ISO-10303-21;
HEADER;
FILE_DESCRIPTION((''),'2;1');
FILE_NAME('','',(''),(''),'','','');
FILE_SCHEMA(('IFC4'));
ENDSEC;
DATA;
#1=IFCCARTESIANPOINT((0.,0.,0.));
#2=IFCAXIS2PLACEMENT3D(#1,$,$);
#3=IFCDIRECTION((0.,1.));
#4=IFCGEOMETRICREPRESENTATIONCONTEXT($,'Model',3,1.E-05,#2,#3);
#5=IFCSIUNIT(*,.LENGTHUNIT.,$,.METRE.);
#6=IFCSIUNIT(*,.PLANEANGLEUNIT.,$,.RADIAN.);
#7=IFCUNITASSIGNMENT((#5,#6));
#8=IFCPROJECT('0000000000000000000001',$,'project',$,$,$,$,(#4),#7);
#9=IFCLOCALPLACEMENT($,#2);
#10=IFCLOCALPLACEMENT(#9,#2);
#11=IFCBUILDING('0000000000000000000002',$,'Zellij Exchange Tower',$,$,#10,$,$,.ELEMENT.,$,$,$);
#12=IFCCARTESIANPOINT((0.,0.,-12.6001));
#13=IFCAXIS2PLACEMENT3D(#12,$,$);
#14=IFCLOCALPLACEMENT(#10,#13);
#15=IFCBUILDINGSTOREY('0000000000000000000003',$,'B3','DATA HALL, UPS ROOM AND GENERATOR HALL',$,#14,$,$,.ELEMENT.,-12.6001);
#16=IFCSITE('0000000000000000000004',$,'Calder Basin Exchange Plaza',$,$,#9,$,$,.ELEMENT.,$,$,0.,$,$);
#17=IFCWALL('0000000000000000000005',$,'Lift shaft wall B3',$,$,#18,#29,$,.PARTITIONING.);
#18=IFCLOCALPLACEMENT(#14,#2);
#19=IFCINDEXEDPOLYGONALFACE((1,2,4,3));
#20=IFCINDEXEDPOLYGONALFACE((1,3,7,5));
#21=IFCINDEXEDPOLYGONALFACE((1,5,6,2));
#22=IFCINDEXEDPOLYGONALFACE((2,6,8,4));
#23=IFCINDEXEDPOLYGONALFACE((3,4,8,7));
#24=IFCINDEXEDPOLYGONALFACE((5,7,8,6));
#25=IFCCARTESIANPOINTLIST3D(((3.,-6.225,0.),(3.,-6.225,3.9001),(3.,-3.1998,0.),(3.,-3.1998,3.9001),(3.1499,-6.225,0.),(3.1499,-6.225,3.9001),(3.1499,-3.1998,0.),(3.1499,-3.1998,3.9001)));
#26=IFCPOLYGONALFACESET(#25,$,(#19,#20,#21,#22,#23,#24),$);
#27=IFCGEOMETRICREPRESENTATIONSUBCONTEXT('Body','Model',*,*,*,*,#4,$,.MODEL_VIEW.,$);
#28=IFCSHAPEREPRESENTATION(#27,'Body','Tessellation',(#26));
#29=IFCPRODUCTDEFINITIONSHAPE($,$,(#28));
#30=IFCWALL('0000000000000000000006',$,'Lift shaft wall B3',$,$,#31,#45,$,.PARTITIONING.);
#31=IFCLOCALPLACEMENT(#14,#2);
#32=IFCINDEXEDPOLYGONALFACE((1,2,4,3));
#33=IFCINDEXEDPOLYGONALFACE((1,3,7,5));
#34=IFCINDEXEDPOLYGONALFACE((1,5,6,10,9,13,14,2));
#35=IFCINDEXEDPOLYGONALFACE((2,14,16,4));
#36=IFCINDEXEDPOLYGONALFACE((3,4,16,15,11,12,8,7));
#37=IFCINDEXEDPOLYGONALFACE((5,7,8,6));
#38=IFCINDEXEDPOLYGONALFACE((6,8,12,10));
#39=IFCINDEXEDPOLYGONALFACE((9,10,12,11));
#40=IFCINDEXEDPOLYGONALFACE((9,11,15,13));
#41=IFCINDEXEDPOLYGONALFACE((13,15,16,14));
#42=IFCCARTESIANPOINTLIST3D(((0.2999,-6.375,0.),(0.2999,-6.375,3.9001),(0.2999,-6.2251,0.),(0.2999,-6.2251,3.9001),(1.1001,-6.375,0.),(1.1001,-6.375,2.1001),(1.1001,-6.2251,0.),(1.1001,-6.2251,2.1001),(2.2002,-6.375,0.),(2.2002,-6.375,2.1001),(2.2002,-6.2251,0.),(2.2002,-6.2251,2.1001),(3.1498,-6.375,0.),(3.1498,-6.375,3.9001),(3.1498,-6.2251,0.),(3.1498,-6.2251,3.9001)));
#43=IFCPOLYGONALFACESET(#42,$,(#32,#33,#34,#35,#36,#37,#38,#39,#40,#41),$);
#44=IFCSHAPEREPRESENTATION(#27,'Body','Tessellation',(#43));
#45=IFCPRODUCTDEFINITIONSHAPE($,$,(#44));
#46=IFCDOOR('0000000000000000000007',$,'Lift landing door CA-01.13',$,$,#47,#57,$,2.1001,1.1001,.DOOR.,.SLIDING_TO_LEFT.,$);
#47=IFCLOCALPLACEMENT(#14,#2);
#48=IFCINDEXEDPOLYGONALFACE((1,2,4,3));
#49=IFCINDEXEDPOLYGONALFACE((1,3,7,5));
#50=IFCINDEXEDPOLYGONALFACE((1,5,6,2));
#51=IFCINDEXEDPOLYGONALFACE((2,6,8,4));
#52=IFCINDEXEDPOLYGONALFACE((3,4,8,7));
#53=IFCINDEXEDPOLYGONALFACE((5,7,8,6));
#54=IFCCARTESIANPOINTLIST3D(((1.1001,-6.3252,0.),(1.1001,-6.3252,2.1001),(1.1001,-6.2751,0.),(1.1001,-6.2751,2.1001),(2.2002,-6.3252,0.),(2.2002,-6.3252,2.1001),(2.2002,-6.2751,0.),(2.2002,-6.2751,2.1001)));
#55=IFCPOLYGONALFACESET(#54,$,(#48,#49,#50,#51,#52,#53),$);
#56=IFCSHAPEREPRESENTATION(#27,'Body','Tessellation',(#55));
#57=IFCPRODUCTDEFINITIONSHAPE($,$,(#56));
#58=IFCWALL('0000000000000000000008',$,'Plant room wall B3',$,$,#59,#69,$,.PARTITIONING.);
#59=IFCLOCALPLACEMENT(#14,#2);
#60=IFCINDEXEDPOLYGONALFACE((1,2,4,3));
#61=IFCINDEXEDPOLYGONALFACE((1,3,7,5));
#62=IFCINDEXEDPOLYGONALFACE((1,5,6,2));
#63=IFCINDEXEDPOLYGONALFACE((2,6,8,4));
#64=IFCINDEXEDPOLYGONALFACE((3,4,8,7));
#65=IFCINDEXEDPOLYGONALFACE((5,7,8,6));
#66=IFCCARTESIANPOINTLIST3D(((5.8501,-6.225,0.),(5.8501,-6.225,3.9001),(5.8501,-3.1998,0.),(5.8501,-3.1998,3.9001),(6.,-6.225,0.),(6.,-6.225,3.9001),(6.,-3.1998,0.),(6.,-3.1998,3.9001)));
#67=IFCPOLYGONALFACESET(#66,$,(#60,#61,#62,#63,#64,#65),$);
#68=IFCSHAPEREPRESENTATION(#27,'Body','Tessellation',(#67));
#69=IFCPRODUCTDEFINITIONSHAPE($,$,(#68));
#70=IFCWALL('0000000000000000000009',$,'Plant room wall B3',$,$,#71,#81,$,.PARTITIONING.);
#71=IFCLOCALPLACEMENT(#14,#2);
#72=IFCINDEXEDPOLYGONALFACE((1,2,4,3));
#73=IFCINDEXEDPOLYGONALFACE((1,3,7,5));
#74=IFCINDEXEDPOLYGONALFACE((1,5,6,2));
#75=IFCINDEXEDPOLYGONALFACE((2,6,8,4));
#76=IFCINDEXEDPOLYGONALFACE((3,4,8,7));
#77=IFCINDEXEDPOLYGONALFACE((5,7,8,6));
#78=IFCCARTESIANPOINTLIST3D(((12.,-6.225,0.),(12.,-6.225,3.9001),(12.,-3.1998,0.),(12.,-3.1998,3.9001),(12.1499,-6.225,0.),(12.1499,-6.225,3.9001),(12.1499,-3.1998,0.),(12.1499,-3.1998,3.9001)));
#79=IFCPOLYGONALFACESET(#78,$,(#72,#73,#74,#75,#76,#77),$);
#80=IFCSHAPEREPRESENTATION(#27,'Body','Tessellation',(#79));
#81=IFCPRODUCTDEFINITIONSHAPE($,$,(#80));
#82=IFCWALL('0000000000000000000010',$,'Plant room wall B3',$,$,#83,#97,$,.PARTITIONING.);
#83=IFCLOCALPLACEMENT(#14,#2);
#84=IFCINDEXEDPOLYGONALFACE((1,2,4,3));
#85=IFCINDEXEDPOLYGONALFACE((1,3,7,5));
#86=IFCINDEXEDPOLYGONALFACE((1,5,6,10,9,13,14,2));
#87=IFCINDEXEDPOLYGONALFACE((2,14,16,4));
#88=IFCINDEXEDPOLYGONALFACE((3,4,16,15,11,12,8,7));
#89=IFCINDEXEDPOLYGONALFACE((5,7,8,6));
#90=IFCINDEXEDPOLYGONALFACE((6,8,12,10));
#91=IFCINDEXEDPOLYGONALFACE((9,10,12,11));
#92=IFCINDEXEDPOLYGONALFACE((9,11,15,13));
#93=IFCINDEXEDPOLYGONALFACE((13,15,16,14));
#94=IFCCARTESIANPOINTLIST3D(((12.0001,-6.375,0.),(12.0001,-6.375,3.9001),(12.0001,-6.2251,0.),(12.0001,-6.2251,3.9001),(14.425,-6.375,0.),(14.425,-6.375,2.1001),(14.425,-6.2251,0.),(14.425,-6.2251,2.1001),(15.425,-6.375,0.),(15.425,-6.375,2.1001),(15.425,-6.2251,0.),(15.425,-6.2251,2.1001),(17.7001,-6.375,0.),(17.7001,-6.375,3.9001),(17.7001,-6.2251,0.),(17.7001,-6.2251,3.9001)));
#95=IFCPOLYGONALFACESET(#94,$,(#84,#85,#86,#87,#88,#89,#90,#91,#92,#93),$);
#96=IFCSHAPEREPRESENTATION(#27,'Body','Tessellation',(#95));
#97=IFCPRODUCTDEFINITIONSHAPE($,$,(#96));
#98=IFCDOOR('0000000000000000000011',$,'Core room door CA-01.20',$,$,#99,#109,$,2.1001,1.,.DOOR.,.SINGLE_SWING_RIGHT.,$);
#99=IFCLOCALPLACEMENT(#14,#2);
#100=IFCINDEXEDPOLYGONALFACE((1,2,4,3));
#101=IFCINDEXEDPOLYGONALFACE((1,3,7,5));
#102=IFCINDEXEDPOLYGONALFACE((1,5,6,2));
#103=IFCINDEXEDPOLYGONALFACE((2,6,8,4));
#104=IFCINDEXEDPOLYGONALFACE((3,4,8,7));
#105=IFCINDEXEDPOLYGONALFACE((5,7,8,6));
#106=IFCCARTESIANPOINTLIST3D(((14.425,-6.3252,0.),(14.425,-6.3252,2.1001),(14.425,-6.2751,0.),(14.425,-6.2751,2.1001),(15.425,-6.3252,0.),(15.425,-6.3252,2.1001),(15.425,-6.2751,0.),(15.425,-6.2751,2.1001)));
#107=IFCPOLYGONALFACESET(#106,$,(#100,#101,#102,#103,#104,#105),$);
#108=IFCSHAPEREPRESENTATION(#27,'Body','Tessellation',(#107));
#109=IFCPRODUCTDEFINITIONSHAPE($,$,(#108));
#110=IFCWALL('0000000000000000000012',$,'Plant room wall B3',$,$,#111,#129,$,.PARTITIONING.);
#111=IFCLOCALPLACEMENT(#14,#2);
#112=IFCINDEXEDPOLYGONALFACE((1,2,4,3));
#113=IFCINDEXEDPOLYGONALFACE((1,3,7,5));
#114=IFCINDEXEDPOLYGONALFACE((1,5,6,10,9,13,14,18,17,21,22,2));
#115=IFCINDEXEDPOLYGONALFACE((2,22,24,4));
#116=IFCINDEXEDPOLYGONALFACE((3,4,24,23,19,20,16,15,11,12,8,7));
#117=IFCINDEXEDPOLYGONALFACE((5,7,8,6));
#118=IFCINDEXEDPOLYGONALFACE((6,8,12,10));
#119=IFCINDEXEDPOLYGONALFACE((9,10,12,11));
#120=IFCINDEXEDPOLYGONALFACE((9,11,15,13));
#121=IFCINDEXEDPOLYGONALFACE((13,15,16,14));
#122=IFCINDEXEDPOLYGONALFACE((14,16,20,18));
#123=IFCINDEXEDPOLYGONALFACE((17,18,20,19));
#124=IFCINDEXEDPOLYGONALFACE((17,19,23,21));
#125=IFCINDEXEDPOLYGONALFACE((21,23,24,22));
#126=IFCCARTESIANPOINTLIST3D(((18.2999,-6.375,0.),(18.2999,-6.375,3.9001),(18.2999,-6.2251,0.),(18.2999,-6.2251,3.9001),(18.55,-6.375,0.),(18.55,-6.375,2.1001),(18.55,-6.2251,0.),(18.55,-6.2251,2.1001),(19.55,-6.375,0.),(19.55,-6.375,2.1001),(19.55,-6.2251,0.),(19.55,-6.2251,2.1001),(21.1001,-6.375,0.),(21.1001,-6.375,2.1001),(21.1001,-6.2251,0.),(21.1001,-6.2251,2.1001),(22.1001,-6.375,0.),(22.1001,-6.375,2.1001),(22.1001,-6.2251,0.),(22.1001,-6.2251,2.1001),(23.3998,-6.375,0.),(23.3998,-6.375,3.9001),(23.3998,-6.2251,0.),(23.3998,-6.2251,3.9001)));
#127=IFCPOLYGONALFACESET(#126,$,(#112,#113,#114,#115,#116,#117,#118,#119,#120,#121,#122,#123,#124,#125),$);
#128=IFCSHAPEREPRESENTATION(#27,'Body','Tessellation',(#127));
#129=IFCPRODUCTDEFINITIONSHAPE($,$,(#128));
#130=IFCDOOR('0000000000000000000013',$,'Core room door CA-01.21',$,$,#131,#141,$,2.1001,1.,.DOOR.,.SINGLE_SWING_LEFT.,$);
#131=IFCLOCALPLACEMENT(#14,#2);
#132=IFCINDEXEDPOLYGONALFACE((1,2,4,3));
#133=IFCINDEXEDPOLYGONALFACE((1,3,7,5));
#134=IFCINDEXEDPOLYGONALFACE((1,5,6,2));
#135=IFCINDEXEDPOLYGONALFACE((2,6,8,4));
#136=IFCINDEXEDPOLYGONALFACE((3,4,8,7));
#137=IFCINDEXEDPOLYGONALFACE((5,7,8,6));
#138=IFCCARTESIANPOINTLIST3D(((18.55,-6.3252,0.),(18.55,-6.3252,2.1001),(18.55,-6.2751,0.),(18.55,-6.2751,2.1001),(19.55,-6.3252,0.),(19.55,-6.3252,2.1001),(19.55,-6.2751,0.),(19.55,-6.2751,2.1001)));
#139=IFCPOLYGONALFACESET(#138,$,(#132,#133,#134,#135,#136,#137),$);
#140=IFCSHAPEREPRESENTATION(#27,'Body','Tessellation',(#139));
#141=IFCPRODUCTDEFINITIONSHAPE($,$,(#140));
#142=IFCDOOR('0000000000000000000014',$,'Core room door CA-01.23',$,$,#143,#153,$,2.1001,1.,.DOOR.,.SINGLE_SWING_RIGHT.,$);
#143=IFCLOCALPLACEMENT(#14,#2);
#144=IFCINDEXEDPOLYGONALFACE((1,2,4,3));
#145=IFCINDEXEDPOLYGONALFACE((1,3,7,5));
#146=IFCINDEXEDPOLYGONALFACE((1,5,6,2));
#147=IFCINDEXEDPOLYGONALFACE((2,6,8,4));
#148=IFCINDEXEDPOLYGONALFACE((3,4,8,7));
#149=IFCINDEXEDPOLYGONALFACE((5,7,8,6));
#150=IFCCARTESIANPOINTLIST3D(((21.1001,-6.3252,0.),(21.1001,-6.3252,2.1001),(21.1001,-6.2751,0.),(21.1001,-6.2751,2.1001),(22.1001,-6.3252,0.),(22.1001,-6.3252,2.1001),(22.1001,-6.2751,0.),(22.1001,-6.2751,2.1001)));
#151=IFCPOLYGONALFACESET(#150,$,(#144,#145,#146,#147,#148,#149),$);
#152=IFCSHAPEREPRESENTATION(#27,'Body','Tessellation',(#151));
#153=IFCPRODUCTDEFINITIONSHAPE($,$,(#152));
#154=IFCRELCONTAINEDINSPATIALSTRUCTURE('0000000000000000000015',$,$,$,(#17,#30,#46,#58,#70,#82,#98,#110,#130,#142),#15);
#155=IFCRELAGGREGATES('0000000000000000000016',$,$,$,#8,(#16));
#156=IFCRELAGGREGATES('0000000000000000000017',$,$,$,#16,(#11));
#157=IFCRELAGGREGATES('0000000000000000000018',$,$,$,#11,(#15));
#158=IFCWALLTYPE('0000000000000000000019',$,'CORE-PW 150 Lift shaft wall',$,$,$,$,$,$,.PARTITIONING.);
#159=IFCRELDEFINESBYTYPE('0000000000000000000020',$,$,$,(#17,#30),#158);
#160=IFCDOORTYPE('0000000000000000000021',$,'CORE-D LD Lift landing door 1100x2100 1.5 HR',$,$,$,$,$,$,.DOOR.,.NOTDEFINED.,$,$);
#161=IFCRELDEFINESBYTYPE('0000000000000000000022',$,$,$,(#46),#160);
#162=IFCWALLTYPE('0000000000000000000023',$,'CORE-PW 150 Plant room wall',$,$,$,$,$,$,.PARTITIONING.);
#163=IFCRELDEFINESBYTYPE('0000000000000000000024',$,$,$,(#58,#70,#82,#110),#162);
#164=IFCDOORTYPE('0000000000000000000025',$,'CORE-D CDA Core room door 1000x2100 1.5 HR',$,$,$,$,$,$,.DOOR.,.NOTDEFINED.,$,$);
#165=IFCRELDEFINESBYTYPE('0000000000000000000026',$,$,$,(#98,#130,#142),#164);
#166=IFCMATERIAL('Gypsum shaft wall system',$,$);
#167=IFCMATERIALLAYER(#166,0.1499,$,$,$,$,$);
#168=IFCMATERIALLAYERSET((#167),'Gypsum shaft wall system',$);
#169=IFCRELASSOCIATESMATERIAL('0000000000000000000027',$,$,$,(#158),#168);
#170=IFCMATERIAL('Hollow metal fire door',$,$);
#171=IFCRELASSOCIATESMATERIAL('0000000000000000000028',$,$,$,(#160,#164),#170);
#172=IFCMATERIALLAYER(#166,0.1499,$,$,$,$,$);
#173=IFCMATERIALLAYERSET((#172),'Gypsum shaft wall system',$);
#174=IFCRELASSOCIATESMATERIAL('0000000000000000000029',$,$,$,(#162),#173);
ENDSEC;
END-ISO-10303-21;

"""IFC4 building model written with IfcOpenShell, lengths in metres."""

from ifc_helpers import new_model, si_unit, direction, frame, frame_2d, origin, place, context, subcontext, project, spatial, rectangle, extrude, material, layer, layer_set, type_object, element, fill, save


model = new_model("IFC4")

# Units and contexts
model_context = context("Model", 3, precision=1e-05, world=origin(), true_north=direction((0.0, 1.0)))
body_context = subcontext(model_context, "Body", "Model", "MODEL_VIEW")
ifc_project = project(units=[si_unit("LENGTHUNIT", "METRE"), si_unit("PLANEANGLEUNIT", "RADIAN")], contexts=[model_context])

# Site, building, storey
site_placement = place(None, origin())
site = spatial("IfcSite", under=ifc_project, at=site_placement, Name="Calder Basin Exchange Plaza", CompositionType="ELEMENT", RefElevation=0.0)
building_placement = place(site_placement, origin())
building = spatial("IfcBuilding", under=site, at=building_placement, Name="Zellij Exchange Tower", CompositionType="ELEMENT")
storey_placement = place(building_placement, frame((0.0, 0.0, -12.6001)))
storey = spatial("IfcBuildingStorey", under=building, at=storey_placement, Name="B3", Description="DATA HALL, UPS ROOM AND GENERATOR HALL", CompositionType="ELEMENT", Elevation=-12.6001)

# Shared definitions
ifc_material_1 = material(Name="Gypsum shaft wall system")
ifc_material_2 = material(Name="Hollow metal fire door")

# Wall
ifc_layer_1 = layer(ifc_material_1, 0.1499)
ifc_layer_set_1 = layer_set([ifc_layer_1], Name="Gypsum shaft wall system")
wall_type_1 = type_object("IfcWallType", Name="CORE-PW 150 Lift shaft wall", PredefinedType="PARTITIONING", material=ifc_layer_set_1)
wall_1_placement = place(storey_placement, frame((3.075, -6.2251, 0.0), z_axis=(0.0, 0.0, 1.0), x_axis=(0.0, 1.0, 0.0)))
element("IfcWall", 1, at=wall_1_placement, inside=storey, type_object=wall_type_1, Name="Lift shaft wall B3", PredefinedType="PARTITIONING", context=body_context, shape_type="SweptSolid", body=[
    extrude(rectangle(XDim=3.0251, YDim=0.1499, at=frame_2d((1.5127, 0.0))), origin(), (0.0, 0.0, 1.0), 3.9001),
])

# Wall, opening, door
wall_2_placement = place(storey_placement, frame((0.3, -6.3, 0.0), z_axis=(0.0, 0.0, 1.0), x_axis=(1.0, 0.0, 0.0)))
wall_2 = element("IfcWall", 2, at=wall_2_placement, inside=storey, type_object=wall_type_1, Name="Lift shaft wall B3", PredefinedType="PARTITIONING", context=body_context, shape_type="SweptSolid", body=[
    extrude(rectangle(XDim=2.8499, YDim=0.1499, at=frame_2d((1.4248, 0.0))), origin(), (0.0, 0.0, 1.0), 3.9001),
])
opening_1_placement = place(wall_2_placement, frame((0.8, 0.0, 0.0)))
opening_1 = element("IfcOpeningElement", 3, at=opening_1_placement, cuts=wall_2, PredefinedType="OPENING", context=body_context, shape_type="SweptSolid", body=[
    extrude(rectangle(XDim=1.1001, YDim=2.1001, at=frame_2d((0.55, 1.05))), frame((0.0, 0.0869, 0.0), z_axis=(0.0, -1.0, 0.0), x_axis=(1.0, 0.0, 0.0)), (0.0, 0.0, 1.0), 0.1738),
])
door_type_1 = type_object("IfcDoorType", Name="CORE-D LD Lift landing door 1100x2100 1.5 HR", OperationType="NOTDEFINED", PredefinedType="DOOR", material=ifc_material_2)
door_1_placement = place(opening_1_placement, origin())
door_1 = element("IfcDoor", 4, at=door_1_placement, inside=storey, type_object=door_type_1, Name="Lift landing door CA-01.13", OperationType="SLIDING_TO_LEFT", OverallHeight=2.1001, OverallWidth=1.1001, PredefinedType="DOOR", context=body_context, shape_type="SweptSolid", body=[
    extrude(rectangle(XDim=1.1001, YDim=2.1001, at=frame_2d((0.55, 1.05))), frame((0.0, 0.0249, 0.0), z_axis=(0.0, -1.0, 0.0), x_axis=(1.0, 0.0, 0.0)), (0.0, 0.0, 1.0), 0.05),
])
fill(opening_1, door_1)

# Walls
ifc_layer_2 = layer(ifc_material_1, 0.1499)
ifc_layer_set_2 = layer_set([ifc_layer_2], Name="Gypsum shaft wall system")
wall_type_2 = type_object("IfcWallType", Name="CORE-PW 150 Plant room wall", PredefinedType="PARTITIONING", material=ifc_layer_set_2)
for number, where, z_axis, x_axis, name in (
    (5, (5.925, -6.2251, 0.0), (0.0, 0.0, 1.0), (0.0, 1.0, 0.0), "Plant room wall B3"),
    (6, (12.075, -6.2251, 0.0), (0.0, 0.0, 1.0), (0.0, 1.0, 0.0), "Plant room wall B3"),
):
    element("IfcWall", number, at=place(storey_placement, frame(where, z_axis=z_axis, x_axis=x_axis)), inside=storey, type_object=wall_type_2, Name=name, PredefinedType="PARTITIONING", context=body_context, shape_type="SweptSolid", body=[
        extrude(rectangle(XDim=3.0251, YDim=0.1499, at=frame_2d((1.5127, 0.0))), origin(), (0.0, 0.0, 1.0), 3.9001),
    ])

# Wall, opening, door
wall_3_placement = place(storey_placement, frame((12.0, -6.3, 0.0), z_axis=(0.0, 0.0, 1.0), x_axis=(1.0, 0.0, 0.0)))
wall_3 = element("IfcWall", 7, at=wall_3_placement, inside=storey, type_object=wall_type_2, Name="Plant room wall B3", PredefinedType="PARTITIONING", context=body_context, shape_type="SweptSolid", body=[
    extrude(rectangle(XDim=5.7, YDim=0.1499, at=frame_2d((2.8501, 0.0))), origin(), (0.0, 0.0, 1.0), 3.9001),
])
opening_2_placement = place(wall_3_placement, frame((2.425, 0.0, 0.0)))
opening_2 = element("IfcOpeningElement", 8, at=opening_2_placement, cuts=wall_3, PredefinedType="OPENING", context=body_context, shape_type="SweptSolid", body=[
    extrude(rectangle(XDim=1.0, YDim=2.1001, at=frame_2d((0.5, 1.05))), frame((0.0, 0.0869, 0.0), z_axis=(0.0, -1.0, 0.0), x_axis=(1.0, 0.0, 0.0)), (0.0, 0.0, 1.0), 0.1738),
])
door_type_2 = type_object("IfcDoorType", Name="CORE-D CDA Core room door 1000x2100 1.5 HR", OperationType="NOTDEFINED", PredefinedType="DOOR", material=ifc_material_2)
door_2_placement = place(opening_2_placement, origin())
door_2 = element("IfcDoor", 9, at=door_2_placement, inside=storey, type_object=door_type_2, Name="Core room door CA-01.20", OperationType="SINGLE_SWING_RIGHT", OverallHeight=2.1001, OverallWidth=1.0, PredefinedType="DOOR", context=body_context, shape_type="SweptSolid", body=[
    extrude(rectangle(XDim=1.0, YDim=2.1001, at=frame_2d((0.5, 1.05))), frame((0.0, 0.0249, 0.0), z_axis=(0.0, -1.0, 0.0), x_axis=(1.0, 0.0, 0.0)), (0.0, 0.0, 1.0), 0.05),
])
fill(opening_2, door_2)

# Wall, openings, doors
wall_4_placement = place(storey_placement, frame((18.3, -6.3, 0.0), z_axis=(0.0, 0.0, 1.0), x_axis=(1.0, 0.0, 0.0)))
wall_4 = element("IfcWall", 10, at=wall_4_placement, inside=storey, type_object=wall_type_2, Name="Plant room wall B3", PredefinedType="PARTITIONING", context=body_context, shape_type="SweptSolid", body=[
    extrude(rectangle(XDim=5.0999, YDim=0.1499, at=frame_2d((2.5498, 0.0))), origin(), (0.0, 0.0, 1.0), 3.9001),
])
opening_3_placement = place(wall_4_placement, frame((0.25, 0.0, 0.0)))
opening_3 = element("IfcOpeningElement", 11, at=opening_3_placement, cuts=wall_4, PredefinedType="OPENING", context=body_context, shape_type="SweptSolid", body=[
    extrude(rectangle(XDim=1.0, YDim=2.1001, at=frame_2d((0.5, 1.05))), frame((0.0, 0.0869, 0.0), z_axis=(0.0, -1.0, 0.0), x_axis=(1.0, 0.0, 0.0)), (0.0, 0.0, 1.0), 0.1738),
])
opening_4_placement = place(wall_4_placement, frame((2.8, 0.0, 0.0)))
opening_4 = element("IfcOpeningElement", 12, at=opening_4_placement, cuts=wall_4, PredefinedType="OPENING", context=body_context, shape_type="SweptSolid", body=[
    extrude(rectangle(XDim=1.0, YDim=2.1001, at=frame_2d((0.5, 1.05))), frame((0.0, 0.0869, 0.0), z_axis=(0.0, -1.0, 0.0), x_axis=(1.0, 0.0, 0.0)), (0.0, 0.0, 1.0), 0.1738),
])
door_3_placement = place(opening_3_placement, origin())
door_3 = element("IfcDoor", 13, at=door_3_placement, inside=storey, type_object=door_type_2, Name="Core room door CA-01.21", OperationType="SINGLE_SWING_LEFT", OverallHeight=2.1001, OverallWidth=1.0, PredefinedType="DOOR", context=body_context, shape_type="SweptSolid", body=[
    extrude(rectangle(XDim=1.0, YDim=2.1001, at=frame_2d((0.5, 1.05))), frame((0.0, 0.0249, 0.0), z_axis=(0.0, -1.0, 0.0), x_axis=(1.0, 0.0, 0.0)), (0.0, 0.0, 1.0), 0.05),
])
fill(opening_3, door_3)
door_4_placement = place(opening_4_placement, origin())
door_4 = element("IfcDoor", 14, at=door_4_placement, inside=storey, type_object=door_type_2, Name="Core room door CA-01.23", OperationType="SINGLE_SWING_RIGHT", OverallHeight=2.1001, OverallWidth=1.0, PredefinedType="DOOR", context=body_context, shape_type="SweptSolid", body=[
    extrude(rectangle(XDim=1.0, YDim=2.1001, at=frame_2d((0.5, 1.05))), frame((0.0, 0.0249, 0.0), z_axis=(0.0, -1.0, 0.0), x_axis=(1.0, 0.0, 0.0)), (0.0, 0.0, 1.0), 0.05),
])
fill(opening_4, door_4)

save(model, "model.ifc")
